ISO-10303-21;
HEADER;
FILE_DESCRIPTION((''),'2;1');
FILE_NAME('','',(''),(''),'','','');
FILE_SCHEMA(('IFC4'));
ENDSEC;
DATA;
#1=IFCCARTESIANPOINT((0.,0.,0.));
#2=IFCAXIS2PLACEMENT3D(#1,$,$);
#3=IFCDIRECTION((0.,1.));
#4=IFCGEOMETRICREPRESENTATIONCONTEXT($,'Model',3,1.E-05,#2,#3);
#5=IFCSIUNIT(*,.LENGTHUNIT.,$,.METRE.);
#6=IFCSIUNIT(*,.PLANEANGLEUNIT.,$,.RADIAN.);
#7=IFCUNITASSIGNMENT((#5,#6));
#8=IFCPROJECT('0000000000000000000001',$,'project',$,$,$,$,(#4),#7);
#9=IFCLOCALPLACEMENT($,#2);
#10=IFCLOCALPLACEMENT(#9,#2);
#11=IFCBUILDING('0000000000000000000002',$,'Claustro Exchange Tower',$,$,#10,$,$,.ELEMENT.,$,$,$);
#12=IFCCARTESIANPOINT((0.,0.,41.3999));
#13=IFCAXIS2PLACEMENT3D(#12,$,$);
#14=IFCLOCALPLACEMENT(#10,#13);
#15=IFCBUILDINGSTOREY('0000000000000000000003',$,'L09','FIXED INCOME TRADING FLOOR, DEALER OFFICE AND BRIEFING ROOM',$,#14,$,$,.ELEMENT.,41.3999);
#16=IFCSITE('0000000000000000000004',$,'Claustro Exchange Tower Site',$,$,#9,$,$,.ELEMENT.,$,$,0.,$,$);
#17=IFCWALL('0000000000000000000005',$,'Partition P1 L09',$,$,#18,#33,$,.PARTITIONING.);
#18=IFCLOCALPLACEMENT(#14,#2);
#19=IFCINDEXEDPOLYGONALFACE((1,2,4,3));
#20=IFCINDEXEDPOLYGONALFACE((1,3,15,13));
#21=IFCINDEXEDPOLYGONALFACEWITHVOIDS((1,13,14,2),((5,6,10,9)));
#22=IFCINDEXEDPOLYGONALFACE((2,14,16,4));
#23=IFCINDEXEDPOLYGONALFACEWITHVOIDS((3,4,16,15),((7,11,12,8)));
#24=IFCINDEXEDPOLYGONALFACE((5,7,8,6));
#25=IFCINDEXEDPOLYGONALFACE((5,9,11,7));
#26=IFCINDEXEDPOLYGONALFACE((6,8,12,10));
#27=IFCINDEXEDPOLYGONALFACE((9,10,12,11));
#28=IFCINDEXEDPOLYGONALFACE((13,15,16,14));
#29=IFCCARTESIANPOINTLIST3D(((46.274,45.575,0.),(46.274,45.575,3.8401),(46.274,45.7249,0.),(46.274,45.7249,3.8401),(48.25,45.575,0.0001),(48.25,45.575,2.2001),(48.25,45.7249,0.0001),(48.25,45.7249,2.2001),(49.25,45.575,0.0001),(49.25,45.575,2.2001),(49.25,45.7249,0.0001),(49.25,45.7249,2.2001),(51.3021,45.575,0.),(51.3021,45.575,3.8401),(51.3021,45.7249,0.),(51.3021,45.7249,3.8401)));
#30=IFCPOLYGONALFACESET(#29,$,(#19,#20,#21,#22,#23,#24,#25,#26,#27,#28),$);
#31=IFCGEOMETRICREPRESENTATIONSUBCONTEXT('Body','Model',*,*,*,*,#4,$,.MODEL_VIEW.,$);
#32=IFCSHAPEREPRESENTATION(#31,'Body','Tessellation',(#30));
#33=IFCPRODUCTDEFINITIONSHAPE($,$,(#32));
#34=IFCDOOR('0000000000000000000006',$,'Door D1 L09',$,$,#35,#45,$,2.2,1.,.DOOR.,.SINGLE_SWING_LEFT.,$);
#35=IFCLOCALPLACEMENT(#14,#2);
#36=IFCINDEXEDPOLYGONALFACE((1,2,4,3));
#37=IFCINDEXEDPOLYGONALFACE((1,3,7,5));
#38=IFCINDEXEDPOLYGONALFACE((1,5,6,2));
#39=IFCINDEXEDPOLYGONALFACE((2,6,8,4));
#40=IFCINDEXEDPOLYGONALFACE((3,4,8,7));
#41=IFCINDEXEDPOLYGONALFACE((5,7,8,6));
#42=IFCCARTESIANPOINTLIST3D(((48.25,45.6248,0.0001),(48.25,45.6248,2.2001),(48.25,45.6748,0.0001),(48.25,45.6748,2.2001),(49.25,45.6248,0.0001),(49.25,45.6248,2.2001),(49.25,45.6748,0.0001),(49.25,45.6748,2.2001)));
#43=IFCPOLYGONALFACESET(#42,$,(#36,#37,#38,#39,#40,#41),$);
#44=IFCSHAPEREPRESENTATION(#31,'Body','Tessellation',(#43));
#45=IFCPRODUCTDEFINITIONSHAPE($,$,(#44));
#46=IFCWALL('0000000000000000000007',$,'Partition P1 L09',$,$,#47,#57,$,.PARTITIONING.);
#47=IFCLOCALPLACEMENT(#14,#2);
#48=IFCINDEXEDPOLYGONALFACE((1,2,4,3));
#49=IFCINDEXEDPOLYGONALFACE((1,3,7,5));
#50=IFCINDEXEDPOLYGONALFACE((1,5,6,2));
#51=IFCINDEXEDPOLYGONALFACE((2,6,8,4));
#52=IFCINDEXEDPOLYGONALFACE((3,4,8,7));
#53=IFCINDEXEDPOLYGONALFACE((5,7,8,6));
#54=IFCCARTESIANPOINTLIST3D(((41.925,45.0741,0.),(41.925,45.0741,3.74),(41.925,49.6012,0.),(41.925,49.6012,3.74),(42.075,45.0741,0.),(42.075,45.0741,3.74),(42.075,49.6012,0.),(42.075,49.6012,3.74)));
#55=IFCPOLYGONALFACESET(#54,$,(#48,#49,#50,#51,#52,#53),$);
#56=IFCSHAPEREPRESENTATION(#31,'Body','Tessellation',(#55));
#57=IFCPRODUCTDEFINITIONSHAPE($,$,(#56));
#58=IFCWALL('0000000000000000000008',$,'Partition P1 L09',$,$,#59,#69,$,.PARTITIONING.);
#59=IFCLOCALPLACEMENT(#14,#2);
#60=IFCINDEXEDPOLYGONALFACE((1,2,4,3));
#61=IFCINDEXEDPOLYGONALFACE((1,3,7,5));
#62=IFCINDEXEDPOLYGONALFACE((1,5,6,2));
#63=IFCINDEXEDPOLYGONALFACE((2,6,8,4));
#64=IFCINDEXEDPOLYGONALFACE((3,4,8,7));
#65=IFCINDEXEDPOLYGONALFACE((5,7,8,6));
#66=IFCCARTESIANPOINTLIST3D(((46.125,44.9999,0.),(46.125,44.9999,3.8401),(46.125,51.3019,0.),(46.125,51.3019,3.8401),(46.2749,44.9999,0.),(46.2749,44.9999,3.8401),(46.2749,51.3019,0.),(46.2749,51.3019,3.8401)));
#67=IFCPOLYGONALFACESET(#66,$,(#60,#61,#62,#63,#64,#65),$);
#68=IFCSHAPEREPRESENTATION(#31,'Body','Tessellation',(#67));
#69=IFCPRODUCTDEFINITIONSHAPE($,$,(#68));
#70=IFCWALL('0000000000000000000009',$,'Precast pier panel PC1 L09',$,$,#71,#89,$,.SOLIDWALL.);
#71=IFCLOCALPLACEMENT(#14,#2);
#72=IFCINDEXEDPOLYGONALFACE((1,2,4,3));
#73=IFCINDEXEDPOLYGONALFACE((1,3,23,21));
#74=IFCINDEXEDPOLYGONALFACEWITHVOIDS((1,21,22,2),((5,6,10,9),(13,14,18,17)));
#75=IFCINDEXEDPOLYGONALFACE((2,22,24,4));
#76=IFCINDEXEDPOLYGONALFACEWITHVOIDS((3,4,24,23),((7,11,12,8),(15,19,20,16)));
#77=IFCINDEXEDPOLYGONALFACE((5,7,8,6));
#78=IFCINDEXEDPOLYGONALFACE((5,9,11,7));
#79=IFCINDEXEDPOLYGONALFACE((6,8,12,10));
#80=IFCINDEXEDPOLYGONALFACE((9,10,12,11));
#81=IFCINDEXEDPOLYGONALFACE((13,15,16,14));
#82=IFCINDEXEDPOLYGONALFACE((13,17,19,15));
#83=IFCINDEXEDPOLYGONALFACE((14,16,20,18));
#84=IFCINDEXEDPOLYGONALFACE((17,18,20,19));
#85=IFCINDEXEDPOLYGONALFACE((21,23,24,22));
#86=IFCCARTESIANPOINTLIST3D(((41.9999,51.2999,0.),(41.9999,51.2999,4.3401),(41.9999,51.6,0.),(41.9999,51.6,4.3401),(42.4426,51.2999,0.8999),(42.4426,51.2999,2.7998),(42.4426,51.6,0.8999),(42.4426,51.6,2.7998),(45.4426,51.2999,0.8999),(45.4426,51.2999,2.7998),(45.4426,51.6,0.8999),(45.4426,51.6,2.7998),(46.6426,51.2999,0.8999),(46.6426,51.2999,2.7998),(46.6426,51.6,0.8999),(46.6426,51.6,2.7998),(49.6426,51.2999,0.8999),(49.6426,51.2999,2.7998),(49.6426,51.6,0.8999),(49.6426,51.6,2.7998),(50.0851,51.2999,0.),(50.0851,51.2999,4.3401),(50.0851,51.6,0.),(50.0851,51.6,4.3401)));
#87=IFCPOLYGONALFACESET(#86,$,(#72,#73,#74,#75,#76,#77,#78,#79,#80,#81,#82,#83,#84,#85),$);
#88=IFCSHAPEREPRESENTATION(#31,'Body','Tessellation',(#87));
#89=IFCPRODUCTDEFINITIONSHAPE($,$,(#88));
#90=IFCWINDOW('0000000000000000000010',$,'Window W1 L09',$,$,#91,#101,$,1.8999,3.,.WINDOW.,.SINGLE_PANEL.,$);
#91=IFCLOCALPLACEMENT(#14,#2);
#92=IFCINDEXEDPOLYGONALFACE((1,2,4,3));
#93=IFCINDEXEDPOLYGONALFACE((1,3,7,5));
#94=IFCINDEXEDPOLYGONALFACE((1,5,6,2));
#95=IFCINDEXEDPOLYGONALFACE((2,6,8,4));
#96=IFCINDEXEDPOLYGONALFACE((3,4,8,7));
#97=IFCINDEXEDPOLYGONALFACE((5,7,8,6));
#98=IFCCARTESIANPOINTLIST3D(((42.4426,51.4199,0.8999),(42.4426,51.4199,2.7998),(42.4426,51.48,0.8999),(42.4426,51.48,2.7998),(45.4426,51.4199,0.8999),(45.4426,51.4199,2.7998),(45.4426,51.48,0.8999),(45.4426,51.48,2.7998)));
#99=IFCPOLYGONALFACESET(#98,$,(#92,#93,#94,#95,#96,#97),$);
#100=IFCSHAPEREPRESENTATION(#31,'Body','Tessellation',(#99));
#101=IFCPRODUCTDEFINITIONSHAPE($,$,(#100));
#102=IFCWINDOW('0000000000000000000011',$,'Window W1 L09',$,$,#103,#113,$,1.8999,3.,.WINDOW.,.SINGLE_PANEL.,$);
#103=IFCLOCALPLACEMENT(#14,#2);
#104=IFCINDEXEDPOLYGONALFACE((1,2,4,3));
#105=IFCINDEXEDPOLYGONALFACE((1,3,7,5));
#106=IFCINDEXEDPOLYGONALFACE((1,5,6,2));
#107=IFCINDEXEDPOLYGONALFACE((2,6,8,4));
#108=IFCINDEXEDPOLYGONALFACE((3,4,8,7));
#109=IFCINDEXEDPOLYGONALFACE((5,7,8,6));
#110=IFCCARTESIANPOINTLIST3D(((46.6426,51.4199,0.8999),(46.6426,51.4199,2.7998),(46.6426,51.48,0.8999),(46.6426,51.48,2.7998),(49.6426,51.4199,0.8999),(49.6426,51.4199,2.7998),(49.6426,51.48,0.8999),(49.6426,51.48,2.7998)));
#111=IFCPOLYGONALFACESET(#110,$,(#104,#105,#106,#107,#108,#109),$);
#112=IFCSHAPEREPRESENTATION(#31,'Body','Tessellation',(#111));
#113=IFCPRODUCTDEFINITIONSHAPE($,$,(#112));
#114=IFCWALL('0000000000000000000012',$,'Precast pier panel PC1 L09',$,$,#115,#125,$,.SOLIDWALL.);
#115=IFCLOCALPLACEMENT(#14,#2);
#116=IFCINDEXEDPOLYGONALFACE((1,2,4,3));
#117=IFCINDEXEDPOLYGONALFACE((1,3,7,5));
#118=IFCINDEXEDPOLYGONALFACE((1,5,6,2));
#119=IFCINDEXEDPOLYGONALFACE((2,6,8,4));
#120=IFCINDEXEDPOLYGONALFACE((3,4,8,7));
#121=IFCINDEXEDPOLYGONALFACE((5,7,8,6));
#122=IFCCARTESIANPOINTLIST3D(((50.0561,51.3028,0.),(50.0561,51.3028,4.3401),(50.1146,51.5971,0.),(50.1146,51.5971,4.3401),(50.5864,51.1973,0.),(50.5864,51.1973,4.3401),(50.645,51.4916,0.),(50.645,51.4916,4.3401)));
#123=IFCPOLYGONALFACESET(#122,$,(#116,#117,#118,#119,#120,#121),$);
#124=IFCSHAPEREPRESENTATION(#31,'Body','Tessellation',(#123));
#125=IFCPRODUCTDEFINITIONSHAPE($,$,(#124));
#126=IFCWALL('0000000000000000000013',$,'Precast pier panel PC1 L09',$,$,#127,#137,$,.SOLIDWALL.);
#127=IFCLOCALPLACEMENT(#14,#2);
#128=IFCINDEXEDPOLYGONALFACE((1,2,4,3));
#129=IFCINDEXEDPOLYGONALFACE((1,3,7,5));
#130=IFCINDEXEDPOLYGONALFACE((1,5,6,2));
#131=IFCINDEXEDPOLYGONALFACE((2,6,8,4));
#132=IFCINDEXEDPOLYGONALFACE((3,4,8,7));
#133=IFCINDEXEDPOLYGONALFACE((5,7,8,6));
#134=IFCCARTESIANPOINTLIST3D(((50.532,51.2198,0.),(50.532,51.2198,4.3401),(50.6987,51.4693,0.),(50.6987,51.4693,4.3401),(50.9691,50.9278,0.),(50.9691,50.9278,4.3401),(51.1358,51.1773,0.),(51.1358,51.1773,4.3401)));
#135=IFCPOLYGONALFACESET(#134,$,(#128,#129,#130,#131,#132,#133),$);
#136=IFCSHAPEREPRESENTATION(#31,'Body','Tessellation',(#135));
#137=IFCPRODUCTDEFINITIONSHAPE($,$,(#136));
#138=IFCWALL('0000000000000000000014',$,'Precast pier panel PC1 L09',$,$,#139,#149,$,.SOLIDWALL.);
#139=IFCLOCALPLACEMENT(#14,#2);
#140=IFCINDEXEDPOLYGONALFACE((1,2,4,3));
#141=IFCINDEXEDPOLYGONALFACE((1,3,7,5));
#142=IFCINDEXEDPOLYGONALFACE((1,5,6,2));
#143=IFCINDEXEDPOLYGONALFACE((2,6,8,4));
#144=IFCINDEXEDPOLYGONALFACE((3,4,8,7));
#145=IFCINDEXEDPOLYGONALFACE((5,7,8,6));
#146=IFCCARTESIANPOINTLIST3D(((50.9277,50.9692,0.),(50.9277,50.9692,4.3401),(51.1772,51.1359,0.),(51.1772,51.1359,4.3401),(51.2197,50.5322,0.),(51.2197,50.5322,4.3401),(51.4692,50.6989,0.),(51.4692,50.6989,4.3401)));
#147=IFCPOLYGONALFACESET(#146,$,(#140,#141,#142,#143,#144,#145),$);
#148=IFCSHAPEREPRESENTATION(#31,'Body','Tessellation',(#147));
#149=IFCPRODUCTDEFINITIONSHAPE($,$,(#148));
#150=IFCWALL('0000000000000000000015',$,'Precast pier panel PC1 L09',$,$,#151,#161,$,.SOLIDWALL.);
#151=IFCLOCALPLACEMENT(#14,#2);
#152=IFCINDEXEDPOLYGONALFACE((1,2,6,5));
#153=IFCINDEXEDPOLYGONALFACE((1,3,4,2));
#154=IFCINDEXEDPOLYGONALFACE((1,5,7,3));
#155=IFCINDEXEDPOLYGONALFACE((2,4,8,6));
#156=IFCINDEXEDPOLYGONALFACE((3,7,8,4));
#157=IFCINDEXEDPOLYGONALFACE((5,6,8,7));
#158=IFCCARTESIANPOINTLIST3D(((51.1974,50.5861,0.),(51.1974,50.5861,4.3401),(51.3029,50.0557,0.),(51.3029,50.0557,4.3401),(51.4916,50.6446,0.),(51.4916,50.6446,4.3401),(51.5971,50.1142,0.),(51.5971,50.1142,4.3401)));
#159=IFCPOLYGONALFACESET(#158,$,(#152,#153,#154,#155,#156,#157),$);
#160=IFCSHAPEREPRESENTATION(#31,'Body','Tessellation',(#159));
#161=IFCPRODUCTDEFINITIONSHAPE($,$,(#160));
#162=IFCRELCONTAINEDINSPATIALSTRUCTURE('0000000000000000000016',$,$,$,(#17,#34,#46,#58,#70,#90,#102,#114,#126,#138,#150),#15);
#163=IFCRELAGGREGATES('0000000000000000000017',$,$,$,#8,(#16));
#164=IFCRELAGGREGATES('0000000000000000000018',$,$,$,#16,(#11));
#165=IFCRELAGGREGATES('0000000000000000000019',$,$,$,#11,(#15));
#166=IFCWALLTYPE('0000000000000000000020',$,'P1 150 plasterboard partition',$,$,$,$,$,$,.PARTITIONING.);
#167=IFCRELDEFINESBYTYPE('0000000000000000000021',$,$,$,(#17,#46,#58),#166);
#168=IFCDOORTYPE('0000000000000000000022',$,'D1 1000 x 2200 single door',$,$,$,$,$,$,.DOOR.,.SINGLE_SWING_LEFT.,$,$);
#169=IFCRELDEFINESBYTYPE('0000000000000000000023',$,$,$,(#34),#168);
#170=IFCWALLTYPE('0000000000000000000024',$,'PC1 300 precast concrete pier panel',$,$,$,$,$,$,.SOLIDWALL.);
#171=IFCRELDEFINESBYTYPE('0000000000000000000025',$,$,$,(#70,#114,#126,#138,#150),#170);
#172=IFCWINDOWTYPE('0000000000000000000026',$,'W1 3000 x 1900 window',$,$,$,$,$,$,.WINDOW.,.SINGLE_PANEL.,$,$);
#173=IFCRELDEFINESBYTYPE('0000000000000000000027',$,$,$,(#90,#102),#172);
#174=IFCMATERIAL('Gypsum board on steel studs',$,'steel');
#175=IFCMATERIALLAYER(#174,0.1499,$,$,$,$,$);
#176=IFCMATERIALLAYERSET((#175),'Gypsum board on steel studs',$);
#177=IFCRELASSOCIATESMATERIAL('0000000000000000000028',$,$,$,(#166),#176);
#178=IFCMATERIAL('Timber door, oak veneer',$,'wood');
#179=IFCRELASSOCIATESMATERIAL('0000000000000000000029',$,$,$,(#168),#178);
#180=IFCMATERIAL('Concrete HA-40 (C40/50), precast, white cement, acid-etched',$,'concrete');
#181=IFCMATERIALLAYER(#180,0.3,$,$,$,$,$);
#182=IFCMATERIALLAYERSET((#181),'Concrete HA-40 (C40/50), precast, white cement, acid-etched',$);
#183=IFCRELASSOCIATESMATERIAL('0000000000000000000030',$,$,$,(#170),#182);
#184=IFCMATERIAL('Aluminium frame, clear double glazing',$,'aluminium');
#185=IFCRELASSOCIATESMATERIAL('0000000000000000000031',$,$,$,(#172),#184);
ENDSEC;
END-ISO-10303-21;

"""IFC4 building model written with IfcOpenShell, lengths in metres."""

from ifc_helpers import new_model, si_unit, direction, frame, frame_2d, origin, place, context, subcontext, project, spatial, rectangle, extrude, material, layer, layer_set, type_object, element, fill, save


model = new_model("IFC4")

# Units and contexts
model_context = context("Model", 3, precision=1e-05, world=origin(), true_north=direction((0.0, 1.0)))
body_context = subcontext(model_context, "Body", "Model", "MODEL_VIEW")
ifc_project = project(units=[si_unit("LENGTHUNIT", "METRE"), si_unit("PLANEANGLEUNIT", "RADIAN")], contexts=[model_context])

# Site, building, storey
site_placement = place(None, origin())
site = spatial("IfcSite", under=ifc_project, at=site_placement, Name="Claustro Exchange Tower Site", CompositionType="ELEMENT", RefElevation=0.0)
building_placement = place(site_placement, origin())
building = spatial("IfcBuilding", under=site, at=building_placement, Name="Claustro Exchange Tower", CompositionType="ELEMENT")
storey_placement = place(building_placement, frame((0.0, 0.0, 41.3999)))
storey = spatial("IfcBuildingStorey", under=building, at=storey_placement, Name="L09", Description="FIXED INCOME TRADING FLOOR, DEALER OFFICE AND BRIEFING ROOM", CompositionType="ELEMENT", Elevation=41.3999)

# Wall, opening, door
ifc_material_1 = material(Name="Gypsum board on steel studs", Category="steel")
ifc_layer_1 = layer(ifc_material_1, 0.1499)
ifc_layer_set_1 = layer_set([ifc_layer_1], Name="Gypsum board on steel studs")
wall_type_1 = type_object("IfcWallType", Name="P1 150 plasterboard partition", PredefinedType="PARTITIONING", material=ifc_layer_set_1)
wall_1_placement = place(storey_placement, frame((46.2739, 45.6499, 0.0), z_axis=(0.0, 0.0, 1.0), x_axis=(1.0, 0.0, 0.0)))
wall_1 = element("IfcWall", 1, at=wall_1_placement, inside=storey, type_object=wall_type_1, Name="Partition P1 L09", PredefinedType="PARTITIONING", context=body_context, shape_type="SweptSolid", body=[
    extrude(rectangle(XDim=5.0281, YDim=0.1499, at=frame_2d((2.5142, 0.0))), origin(), (0.0, 0.0, 1.0), 3.8401),
])
opening_1_placement = place(wall_1_placement, frame((1.9761, 0.0, 0.0)))
opening_1 = element("IfcOpeningElement", 2, at=opening_1_placement, cuts=wall_1, PredefinedType="OPENING", context=body_context, shape_type="SweptSolid", body=[
    extrude(rectangle(XDim=1.0, YDim=2.2, at=frame_2d((0.5, 1.1001))), frame((0.0, 0.085, 0.0), z_axis=(0.0, -1.0, 0.0), x_axis=(1.0, 0.0, 0.0)), (0.0, 0.0, 1.0), 0.1699),
])
ifc_material_2 = material(Name="Timber door, oak veneer", Category="wood")
door_type = type_object("IfcDoorType", Name="D1 1000 x 2200 single door", OperationType="SINGLE_SWING_LEFT", PredefinedType="DOOR", material=ifc_material_2)
door_placement = place(opening_1_placement, origin())
door = element("IfcDoor", 3, at=door_placement, inside=storey, type_object=door_type, Name="Door D1 L09", OperationType="SINGLE_SWING_LEFT", OverallHeight=2.2, OverallWidth=1.0, PredefinedType="DOOR", context=body_context, shape_type="SweptSolid", body=[
    extrude(rectangle(XDim=1.0, YDim=2.2, at=frame_2d((0.5, 1.1001))), frame((0.0, 0.0249, 0.0), z_axis=(0.0, -1.0, 0.0), x_axis=(1.0, 0.0, 0.0)), (0.0, 0.0, 1.0), 0.05),
])
fill(opening_1, door)

# Walls
wall_2_placement = place(storey_placement, frame((42.0, 45.074, 0.0), z_axis=(0.0, 0.0, 1.0), x_axis=(0.0, 1.0, 0.0)))
element("IfcWall", 4, at=wall_2_placement, inside=storey, type_object=wall_type_1, Name="Partition P1 L09", PredefinedType="PARTITIONING", context=body_context, shape_type="SweptSolid", body=[
    extrude(rectangle(XDim=4.5271, YDim=0.1499, at=frame_2d((2.2637, 0.0))), origin(), (0.0, 0.0, 1.0), 3.74),
])
wall_3_placement = place(storey_placement, frame((46.2, 45.0, 0.0), z_axis=(0.0, 0.0, 1.0), x_axis=(0.0, 1.0, 0.0)))
element("IfcWall", 5, at=wall_3_placement, inside=storey, type_object=wall_type_1, Name="Partition P1 L09", PredefinedType="PARTITIONING", context=body_context, shape_type="SweptSolid", body=[
    extrude(rectangle(XDim=6.302, YDim=0.1499, at=frame_2d((3.1509, 0.0))), origin(), (0.0, 0.0, 1.0), 3.8401),
])

# Wall, openings, windows
ifc_material_3 = material(Name="Concrete HA-40 (C40/50), precast, white cement, acid-etched", Category="concrete")
ifc_layer_2 = layer(ifc_material_3, 0.3)
ifc_layer_set_2 = layer_set([ifc_layer_2], Name="Concrete HA-40 (C40/50), precast, white cement, acid-etched")
wall_type_2 = type_object("IfcWallType", Name="PC1 300 precast concrete pier panel", PredefinedType="SOLIDWALL", material=ifc_layer_set_2)
wall_4_placement = place(storey_placement, frame((42.0, 51.45, 0.0), z_axis=(0.0, 0.0, 1.0), x_axis=(1.0, 0.0, 0.0)))
wall_4 = element("IfcWall", 6, at=wall_4_placement, inside=storey, type_object=wall_type_2, Name="Precast pier panel PC1 L09", PredefinedType="SOLIDWALL", context=body_context, shape_type="SweptSolid", body=[
    extrude(rectangle(XDim=8.0852, YDim=0.3, at=frame_2d((4.0425, 0.0))), origin(), (0.0, 0.0, 1.0), 4.3401),
])
opening_2_placement = place(wall_4_placement, frame((0.4426, 0.0, 0.8999)))
opening_2 = element("IfcOpeningElement", 7, at=opening_2_placement, cuts=wall_4, PredefinedType="OPENING", context=body_context, shape_type="SweptSolid", body=[
    extrude(rectangle(XDim=3.0, YDim=1.8999, at=frame_2d((1.5, 0.95))), frame((0.0, 0.1599, 0.0), z_axis=(0.0, -1.0, 0.0), x_axis=(1.0, 0.0, 0.0)), (0.0, 0.0, 1.0), 0.3201),
])
opening_3_placement = place(wall_4_placement, frame((4.6426, 0.0, 0.8999)))
opening_3 = element("IfcOpeningElement", 8, at=opening_3_placement, cuts=wall_4, PredefinedType="OPENING", context=body_context, shape_type="SweptSolid", body=[
    extrude(rectangle(XDim=3.0, YDim=1.8999, at=frame_2d((1.5, 0.95))), frame((0.0, 0.1599, 0.0), z_axis=(0.0, -1.0, 0.0), x_axis=(1.0, 0.0, 0.0)), (0.0, 0.0, 1.0), 0.3201),
])
ifc_material_4 = material(Name="Aluminium frame, clear double glazing", Category="aluminium")
window_type_1 = type_object("IfcWindowType", Name="W1 3000 x 1900 window", PartitioningType="SINGLE_PANEL", PredefinedType="WINDOW", material=ifc_material_4)
window_1_placement = place(opening_2_placement, origin())
window_1 = element("IfcWindow", 9, at=window_1_placement, inside=storey, type_object=window_type_1, Name="Window W1 L09", OverallHeight=1.8999, OverallWidth=3.0, PartitioningType="SINGLE_PANEL", PredefinedType="WINDOW", context=body_context, shape_type="SweptSolid", body=[
    extrude(rectangle(XDim=3.0, YDim=1.8999, at=frame_2d((1.5, 0.95))), frame((0.0, 0.03, 0.0), z_axis=(0.0, -1.0, 0.0), x_axis=(1.0, 0.0, 0.0)), (0.0, 0.0, 1.0), 0.0601),
])
fill(opening_2, window_1)
window_2_placement = place(opening_3_placement, origin())
window_2 = element("IfcWindow", 10, at=window_2_placement, inside=storey, type_object=window_type_1, Name="Window W1 L09", OverallHeight=1.8999, OverallWidth=3.0, PartitioningType="SINGLE_PANEL", PredefinedType="WINDOW", context=body_context, shape_type="SweptSolid", body=[
    extrude(rectangle(XDim=3.0, YDim=1.8999, at=frame_2d((1.5, 0.95))), frame((0.0, 0.03, 0.0), z_axis=(0.0, -1.0, 0.0), x_axis=(1.0, 0.0, 0.0)), (0.0, 0.0, 1.0), 0.0601),
])
fill(opening_3, window_2)

# Walls
wall_5_placement = place(storey_placement, frame((50.0852, 51.45, 0.0), z_axis=(0.0, 0.0, 1.0), x_axis=(0.980789, -0.195074, 0.0)))
element("IfcWall", 11, at=wall_5_placement, inside=storey, type_object=wall_type_2, Name="Precast pier panel PC1 L09", PredefinedType="SOLIDWALL", context=body_context, shape_type="SweptSolid", body=[
    extrude(rectangle(XDim=0.5408, YDim=0.3, at=frame_2d((0.2705, 0.0))), origin(), (0.0, 0.0, 1.0), 4.3401),
])
for number, where, z_axis, x_axis, name in (
    (12, (50.6155, 51.3445, 0.0), (0.0, 0.0, 1.0), (0.831478, -0.555557, 0.0), "Precast pier panel PC1 L09"),
    (13, (51.0525, 51.0525, 0.0), (0.0, 0.0, 1.0), (0.555557, -0.831478, 0.0), "Precast pier panel PC1 L09"),
):
    element("IfcWall", number, at=place(storey_placement, frame(where, z_axis=z_axis, x_axis=x_axis)), inside=storey, type_object=wall_type_2, Name=name, PredefinedType="SOLIDWALL", context=body_context, shape_type="SweptSolid", body=[
        extrude(rectangle(XDim=0.5256, YDim=0.3, at=frame_2d((0.2627, 0.0))), origin(), (0.0, 0.0, 1.0), 4.3401),
    ])
wall_6_placement = place(storey_placement, frame((51.3445, 50.6155, 0.0), z_axis=(0.0, 0.0, 1.0), x_axis=(0.195074, -0.980789, 0.0)))
element("IfcWall", 14, at=wall_6_placement, inside=storey, type_object=wall_type_2, Name="Precast pier panel PC1 L09", PredefinedType="SOLIDWALL", context=body_context, shape_type="SweptSolid", body=[
    extrude(rectangle(XDim=0.5408, YDim=0.3, at=frame_2d((0.2705, 0.0))), origin(), (0.0, 0.0, 1.0), 4.3401),
])

save(model, "model.ifc")
